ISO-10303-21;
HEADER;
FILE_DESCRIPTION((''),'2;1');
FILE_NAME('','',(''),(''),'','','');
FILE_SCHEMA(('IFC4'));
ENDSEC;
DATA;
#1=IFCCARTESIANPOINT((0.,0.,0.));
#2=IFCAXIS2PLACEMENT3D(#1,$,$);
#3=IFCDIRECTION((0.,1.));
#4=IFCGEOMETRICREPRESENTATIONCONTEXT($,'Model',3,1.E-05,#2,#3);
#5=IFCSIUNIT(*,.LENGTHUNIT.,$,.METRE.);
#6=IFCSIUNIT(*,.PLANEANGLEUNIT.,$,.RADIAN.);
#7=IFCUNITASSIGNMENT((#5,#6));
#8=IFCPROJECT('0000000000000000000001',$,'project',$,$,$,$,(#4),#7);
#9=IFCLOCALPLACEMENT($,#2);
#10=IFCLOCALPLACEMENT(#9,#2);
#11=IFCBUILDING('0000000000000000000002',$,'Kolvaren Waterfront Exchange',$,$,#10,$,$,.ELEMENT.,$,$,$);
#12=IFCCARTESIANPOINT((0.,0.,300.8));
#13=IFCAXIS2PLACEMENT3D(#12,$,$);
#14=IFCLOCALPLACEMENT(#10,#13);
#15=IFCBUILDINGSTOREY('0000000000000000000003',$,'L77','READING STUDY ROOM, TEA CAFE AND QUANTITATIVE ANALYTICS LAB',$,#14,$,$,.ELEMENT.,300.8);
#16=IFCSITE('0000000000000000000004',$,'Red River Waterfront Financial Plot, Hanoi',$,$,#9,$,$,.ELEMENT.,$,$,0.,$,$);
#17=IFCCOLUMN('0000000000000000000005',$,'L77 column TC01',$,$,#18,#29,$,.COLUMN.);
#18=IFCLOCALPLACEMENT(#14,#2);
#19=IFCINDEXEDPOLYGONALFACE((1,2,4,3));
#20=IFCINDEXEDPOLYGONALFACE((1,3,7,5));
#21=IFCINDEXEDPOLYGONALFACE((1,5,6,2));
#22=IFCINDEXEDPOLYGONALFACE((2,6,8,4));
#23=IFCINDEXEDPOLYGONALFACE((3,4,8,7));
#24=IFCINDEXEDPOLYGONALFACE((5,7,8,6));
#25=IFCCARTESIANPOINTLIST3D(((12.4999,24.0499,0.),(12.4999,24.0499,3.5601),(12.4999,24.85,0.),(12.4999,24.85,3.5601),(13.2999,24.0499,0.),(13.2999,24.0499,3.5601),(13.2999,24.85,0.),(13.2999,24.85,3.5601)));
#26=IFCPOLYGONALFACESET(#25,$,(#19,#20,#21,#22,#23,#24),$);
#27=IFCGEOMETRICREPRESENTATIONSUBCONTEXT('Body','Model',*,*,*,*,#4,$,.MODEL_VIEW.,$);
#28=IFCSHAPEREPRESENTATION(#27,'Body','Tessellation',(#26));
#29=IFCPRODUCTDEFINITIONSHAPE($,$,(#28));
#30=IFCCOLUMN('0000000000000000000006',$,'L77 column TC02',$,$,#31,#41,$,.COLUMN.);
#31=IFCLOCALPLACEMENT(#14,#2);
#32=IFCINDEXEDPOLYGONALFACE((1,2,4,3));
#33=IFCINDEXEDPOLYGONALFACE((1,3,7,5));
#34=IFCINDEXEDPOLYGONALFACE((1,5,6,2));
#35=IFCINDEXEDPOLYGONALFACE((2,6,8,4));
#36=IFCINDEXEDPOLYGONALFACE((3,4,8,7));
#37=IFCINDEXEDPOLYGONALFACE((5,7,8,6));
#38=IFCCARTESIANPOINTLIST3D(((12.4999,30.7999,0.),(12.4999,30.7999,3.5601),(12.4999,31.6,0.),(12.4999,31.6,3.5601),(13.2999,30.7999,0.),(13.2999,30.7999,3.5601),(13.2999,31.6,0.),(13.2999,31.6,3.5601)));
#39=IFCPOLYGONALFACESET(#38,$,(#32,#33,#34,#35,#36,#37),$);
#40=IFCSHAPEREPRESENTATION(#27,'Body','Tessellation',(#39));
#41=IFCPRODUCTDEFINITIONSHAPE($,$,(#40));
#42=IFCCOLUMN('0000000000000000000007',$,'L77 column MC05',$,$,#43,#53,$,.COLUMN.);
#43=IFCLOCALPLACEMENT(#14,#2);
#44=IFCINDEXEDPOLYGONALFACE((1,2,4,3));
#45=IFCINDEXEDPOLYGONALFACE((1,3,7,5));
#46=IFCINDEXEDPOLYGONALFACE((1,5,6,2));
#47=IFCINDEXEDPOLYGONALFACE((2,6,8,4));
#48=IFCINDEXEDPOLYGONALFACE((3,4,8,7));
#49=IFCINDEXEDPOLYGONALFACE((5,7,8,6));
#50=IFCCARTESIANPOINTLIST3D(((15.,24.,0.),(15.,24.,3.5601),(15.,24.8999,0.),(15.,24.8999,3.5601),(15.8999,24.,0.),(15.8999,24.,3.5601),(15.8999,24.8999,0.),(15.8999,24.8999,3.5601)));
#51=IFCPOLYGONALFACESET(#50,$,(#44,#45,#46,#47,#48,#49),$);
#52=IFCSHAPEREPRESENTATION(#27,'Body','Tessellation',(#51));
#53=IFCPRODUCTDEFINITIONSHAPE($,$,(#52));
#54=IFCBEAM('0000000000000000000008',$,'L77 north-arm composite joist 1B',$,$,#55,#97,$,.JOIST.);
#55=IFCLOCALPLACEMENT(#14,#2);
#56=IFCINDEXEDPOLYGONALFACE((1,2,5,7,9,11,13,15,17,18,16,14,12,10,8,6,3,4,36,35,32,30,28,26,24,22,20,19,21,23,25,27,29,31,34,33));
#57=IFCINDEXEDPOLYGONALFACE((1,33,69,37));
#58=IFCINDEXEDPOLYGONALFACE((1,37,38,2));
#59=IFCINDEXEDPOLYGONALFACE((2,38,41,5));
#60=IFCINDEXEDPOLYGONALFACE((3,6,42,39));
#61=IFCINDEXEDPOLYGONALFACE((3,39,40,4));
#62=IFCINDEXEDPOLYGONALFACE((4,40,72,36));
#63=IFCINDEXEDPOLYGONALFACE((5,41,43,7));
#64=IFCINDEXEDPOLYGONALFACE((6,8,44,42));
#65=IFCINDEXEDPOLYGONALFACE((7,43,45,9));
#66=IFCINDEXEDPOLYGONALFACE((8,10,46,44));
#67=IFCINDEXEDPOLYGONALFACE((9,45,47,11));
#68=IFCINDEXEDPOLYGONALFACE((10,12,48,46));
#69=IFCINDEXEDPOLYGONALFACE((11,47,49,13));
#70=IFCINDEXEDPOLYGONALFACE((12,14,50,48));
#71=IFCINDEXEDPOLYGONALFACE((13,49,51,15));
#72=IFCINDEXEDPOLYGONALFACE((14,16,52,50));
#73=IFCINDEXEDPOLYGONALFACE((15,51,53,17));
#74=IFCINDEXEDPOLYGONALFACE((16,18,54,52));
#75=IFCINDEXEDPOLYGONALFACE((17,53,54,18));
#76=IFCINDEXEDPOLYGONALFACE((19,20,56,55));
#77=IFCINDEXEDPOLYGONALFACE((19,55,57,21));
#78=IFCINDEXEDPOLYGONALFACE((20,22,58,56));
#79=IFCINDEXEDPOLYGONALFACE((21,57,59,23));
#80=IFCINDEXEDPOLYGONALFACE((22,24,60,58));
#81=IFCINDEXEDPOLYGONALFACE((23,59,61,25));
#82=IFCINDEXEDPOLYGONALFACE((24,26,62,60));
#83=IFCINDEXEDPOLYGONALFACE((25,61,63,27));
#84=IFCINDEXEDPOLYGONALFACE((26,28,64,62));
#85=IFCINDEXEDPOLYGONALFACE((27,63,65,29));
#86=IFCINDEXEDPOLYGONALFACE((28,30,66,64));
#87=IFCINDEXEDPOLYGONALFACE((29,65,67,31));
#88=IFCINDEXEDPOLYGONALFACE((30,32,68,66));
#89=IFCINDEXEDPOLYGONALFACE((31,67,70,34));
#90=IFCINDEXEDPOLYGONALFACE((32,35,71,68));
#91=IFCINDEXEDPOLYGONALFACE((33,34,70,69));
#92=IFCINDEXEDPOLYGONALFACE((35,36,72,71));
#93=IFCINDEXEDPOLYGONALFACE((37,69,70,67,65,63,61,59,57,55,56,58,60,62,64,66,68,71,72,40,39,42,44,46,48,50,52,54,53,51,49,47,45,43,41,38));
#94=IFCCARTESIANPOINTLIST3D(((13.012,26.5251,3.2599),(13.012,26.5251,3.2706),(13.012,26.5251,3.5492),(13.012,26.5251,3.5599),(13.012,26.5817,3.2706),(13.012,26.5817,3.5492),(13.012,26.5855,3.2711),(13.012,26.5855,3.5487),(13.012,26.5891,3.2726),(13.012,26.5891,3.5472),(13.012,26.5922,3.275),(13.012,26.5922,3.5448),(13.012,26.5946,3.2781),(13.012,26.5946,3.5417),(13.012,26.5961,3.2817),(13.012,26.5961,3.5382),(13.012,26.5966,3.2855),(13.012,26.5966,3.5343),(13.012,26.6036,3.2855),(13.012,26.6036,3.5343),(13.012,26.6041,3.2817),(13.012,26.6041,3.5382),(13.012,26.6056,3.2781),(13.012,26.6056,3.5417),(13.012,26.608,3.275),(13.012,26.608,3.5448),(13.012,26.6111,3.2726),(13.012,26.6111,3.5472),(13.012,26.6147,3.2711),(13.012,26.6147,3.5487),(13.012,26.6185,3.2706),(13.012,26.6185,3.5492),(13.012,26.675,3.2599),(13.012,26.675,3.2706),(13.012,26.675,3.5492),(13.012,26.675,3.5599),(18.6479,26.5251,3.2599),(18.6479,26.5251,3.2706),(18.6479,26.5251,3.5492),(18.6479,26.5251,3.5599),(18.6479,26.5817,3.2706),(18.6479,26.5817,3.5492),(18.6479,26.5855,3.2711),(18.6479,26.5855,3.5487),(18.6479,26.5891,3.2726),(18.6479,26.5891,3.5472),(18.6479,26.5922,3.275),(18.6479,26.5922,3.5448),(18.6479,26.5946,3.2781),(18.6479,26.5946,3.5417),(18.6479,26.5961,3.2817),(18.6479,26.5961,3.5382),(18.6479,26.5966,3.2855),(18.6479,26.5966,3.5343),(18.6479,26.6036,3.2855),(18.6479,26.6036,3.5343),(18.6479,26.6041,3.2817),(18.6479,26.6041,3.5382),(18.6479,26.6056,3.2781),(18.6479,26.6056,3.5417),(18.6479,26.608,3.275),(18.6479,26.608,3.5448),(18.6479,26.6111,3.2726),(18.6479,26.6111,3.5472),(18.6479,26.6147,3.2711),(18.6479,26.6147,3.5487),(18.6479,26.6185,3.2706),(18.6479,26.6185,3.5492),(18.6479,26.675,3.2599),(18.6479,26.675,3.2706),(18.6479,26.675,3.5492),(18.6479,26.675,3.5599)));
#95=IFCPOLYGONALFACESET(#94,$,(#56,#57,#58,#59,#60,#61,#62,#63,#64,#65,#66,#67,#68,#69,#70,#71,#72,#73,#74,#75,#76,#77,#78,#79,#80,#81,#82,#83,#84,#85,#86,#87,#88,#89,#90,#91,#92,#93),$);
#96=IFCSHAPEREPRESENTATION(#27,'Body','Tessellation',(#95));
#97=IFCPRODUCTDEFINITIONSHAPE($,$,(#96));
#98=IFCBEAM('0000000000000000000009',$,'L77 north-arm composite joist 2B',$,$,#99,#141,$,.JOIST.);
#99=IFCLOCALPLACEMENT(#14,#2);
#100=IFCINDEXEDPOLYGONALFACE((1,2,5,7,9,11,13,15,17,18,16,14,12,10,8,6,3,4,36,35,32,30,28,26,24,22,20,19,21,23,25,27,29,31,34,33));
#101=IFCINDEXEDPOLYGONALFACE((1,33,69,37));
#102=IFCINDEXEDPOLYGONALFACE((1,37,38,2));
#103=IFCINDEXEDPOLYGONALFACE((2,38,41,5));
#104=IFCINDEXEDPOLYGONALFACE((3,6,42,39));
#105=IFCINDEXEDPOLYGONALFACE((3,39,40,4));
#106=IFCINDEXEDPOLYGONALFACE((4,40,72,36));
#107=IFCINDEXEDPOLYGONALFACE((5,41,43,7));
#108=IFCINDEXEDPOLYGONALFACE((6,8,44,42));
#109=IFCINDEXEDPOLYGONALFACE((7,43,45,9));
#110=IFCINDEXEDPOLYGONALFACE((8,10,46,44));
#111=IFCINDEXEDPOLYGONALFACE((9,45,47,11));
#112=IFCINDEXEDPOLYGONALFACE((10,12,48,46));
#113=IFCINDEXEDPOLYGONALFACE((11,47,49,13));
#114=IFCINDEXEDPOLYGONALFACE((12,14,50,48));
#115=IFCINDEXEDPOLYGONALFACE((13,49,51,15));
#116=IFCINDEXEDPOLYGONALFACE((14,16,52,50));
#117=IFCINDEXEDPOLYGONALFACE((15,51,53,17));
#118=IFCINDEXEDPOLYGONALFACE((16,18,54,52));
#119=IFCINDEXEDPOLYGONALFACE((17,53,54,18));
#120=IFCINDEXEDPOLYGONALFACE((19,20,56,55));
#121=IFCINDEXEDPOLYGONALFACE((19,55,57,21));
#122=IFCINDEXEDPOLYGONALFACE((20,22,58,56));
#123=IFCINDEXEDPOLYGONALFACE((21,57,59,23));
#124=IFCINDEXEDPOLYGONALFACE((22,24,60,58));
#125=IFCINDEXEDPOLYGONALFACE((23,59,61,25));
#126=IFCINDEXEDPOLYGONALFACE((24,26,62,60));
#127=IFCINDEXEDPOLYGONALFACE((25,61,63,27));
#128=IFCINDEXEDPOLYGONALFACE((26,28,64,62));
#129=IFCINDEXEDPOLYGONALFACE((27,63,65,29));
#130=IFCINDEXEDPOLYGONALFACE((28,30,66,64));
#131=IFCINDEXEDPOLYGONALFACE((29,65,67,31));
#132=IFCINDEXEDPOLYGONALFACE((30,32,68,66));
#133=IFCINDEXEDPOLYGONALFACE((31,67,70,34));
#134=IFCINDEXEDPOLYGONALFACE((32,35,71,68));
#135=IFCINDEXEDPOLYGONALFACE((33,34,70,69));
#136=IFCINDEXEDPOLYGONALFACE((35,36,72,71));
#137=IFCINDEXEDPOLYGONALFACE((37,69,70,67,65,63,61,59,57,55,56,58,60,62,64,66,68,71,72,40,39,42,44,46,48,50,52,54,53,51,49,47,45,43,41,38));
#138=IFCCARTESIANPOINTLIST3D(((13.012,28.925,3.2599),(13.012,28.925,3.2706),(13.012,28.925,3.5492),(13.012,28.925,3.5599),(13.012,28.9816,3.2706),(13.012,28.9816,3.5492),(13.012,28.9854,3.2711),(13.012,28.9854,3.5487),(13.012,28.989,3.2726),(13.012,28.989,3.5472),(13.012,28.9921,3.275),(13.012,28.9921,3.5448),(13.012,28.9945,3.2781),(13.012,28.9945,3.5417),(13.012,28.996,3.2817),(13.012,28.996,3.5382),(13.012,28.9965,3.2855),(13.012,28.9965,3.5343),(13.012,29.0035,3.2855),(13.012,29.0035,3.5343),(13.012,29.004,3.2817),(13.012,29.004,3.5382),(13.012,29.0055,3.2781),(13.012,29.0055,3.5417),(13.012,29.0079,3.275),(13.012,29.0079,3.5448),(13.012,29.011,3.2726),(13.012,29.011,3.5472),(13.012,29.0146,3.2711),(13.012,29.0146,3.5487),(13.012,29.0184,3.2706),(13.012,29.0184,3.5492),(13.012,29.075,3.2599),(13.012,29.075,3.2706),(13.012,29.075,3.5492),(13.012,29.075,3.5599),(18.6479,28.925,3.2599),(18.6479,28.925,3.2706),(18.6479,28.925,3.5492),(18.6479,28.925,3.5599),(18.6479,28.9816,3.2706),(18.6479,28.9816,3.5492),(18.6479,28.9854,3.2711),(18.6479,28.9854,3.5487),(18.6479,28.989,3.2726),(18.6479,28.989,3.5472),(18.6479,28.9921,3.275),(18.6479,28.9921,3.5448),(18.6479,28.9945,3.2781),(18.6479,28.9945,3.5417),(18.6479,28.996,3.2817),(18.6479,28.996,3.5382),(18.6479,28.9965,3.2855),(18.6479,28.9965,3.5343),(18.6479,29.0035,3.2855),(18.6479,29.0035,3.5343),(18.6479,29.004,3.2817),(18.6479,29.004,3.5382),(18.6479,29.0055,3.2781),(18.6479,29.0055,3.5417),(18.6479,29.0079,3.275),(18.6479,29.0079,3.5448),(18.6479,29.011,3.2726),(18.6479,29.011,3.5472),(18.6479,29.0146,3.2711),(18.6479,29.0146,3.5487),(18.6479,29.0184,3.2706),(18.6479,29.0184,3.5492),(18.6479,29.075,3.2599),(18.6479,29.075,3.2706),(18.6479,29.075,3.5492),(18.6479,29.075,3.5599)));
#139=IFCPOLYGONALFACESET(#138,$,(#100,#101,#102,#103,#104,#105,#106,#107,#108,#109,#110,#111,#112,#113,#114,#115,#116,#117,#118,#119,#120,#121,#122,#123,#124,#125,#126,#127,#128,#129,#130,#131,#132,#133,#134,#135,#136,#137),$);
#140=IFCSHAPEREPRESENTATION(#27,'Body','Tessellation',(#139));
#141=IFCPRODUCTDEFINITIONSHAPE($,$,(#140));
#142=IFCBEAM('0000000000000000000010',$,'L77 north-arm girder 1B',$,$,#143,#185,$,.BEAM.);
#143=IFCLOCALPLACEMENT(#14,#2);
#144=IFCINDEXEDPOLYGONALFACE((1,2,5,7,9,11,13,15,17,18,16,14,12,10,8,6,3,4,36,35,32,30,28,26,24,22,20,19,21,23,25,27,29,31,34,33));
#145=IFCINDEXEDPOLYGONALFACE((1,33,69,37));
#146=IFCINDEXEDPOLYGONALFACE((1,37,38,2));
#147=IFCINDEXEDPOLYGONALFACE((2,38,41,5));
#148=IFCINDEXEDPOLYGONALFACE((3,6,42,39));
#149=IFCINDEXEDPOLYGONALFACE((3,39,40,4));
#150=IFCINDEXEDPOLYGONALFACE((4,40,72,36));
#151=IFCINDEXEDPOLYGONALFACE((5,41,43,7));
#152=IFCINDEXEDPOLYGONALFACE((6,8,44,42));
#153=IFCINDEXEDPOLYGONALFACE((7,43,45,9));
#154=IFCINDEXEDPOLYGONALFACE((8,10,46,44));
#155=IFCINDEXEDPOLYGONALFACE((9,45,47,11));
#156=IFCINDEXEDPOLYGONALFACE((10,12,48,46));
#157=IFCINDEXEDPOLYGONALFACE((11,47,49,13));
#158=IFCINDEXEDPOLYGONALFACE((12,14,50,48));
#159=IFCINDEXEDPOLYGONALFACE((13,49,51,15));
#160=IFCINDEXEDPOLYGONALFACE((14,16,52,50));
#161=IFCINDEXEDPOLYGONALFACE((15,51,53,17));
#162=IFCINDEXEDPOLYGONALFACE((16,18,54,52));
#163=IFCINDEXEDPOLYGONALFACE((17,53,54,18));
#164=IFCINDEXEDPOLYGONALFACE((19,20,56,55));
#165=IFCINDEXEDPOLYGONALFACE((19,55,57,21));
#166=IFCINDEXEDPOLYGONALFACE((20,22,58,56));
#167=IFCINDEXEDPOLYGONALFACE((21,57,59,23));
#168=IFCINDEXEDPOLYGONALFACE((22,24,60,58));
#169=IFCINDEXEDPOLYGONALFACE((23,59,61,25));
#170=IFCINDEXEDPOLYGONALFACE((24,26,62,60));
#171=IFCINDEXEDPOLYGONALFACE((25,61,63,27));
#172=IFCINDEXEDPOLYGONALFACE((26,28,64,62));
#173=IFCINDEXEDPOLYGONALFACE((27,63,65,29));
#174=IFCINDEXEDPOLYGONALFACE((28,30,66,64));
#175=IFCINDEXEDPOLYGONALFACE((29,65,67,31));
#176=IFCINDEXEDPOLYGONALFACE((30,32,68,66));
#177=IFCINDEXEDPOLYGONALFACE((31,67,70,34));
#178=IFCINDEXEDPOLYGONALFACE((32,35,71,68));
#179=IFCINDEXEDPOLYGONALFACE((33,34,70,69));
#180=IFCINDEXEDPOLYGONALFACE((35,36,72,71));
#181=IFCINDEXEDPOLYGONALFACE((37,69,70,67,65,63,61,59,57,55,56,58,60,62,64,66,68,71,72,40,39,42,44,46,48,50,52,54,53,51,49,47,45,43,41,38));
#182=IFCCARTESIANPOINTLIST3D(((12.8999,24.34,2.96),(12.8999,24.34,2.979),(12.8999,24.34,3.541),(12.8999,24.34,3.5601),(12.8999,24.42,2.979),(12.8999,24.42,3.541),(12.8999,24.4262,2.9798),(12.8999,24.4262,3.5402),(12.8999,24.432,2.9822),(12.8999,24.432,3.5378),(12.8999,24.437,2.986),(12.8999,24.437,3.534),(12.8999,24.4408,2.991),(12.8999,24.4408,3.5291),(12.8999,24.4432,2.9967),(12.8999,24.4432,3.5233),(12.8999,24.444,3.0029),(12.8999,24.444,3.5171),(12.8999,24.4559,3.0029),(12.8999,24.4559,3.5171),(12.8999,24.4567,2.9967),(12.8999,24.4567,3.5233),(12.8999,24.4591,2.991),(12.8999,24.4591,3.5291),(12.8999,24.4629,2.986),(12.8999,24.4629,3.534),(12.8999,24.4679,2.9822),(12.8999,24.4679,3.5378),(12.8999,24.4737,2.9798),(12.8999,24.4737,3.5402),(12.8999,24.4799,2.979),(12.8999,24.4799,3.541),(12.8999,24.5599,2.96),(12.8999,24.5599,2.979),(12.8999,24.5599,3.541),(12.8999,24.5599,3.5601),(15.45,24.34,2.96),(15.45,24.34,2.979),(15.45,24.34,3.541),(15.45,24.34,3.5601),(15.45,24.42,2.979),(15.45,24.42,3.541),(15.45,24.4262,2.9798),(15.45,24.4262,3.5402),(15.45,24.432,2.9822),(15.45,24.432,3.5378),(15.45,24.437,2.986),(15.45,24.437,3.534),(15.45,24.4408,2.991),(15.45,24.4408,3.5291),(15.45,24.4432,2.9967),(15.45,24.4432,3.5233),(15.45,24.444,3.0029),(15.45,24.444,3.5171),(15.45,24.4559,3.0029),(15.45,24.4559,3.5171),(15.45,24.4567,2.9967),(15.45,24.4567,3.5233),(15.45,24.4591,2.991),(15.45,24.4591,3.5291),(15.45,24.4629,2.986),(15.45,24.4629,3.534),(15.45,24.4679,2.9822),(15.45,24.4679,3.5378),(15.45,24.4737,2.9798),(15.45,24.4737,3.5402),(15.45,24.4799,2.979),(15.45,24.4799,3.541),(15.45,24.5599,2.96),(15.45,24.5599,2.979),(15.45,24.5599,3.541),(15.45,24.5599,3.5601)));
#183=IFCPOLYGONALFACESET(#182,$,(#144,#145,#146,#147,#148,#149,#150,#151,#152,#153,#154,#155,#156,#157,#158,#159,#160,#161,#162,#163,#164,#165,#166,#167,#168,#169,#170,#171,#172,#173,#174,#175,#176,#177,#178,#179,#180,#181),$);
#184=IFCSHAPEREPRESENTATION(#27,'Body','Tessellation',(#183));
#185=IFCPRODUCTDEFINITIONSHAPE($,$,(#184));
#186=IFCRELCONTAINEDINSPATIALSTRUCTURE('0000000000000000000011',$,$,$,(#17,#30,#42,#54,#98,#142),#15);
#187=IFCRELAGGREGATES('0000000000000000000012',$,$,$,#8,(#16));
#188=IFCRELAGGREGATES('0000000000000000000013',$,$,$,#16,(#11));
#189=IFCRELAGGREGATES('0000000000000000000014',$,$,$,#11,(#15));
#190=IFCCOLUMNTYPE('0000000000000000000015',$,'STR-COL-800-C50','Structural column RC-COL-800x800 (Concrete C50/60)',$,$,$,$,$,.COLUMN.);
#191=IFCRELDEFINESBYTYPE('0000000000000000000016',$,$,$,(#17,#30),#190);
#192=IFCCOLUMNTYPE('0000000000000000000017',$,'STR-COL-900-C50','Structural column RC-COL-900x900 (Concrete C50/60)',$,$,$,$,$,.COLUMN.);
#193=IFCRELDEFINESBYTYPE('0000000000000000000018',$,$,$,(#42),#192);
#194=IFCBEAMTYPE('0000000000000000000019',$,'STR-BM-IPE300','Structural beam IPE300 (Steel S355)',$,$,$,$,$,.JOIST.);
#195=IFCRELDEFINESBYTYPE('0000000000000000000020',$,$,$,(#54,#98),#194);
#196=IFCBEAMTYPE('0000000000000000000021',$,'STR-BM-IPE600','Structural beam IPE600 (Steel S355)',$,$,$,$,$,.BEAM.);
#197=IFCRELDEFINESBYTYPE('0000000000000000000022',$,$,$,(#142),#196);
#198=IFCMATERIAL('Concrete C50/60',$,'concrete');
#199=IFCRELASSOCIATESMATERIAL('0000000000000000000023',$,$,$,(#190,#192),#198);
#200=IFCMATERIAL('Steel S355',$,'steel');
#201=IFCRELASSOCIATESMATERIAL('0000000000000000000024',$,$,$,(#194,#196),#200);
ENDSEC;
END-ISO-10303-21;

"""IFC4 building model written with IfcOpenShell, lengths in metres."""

from ifc_helpers import new_model, si_unit, direction, frame, origin, origin_2d, place, context, subcontext, project, spatial, rectangle, i_section, extrude, material, material_profile, profile_set, type_object, element, save


model = new_model("IFC4")

# Units and contexts
model_context = context("Model", 3, precision=1e-05, world=origin(), true_north=direction((0.0, 1.0)))
body_context = subcontext(model_context, "Body", "Model", "MODEL_VIEW")
ifc_project = project(units=[si_unit("LENGTHUNIT", "METRE"), si_unit("PLANEANGLEUNIT", "RADIAN")], contexts=[model_context])

# Site, building, storey
site_placement = place(None, origin())
site = spatial("IfcSite", under=ifc_project, at=site_placement, Name="Red River Waterfront Financial Plot, Hanoi", CompositionType="ELEMENT", RefElevation=0.0)
building_placement = place(site_placement, origin())
building = spatial("IfcBuilding", under=site, at=building_placement, Name="Kolvaren Waterfront Exchange", CompositionType="ELEMENT")
storey_placement = place(building_placement, frame((0.0, 0.0, 300.8)))
storey = spatial("IfcBuildingStorey", under=building, at=storey_placement, Name="L77", Description="READING STUDY ROOM, TEA CAFE AND QUANTITATIVE ANALYTICS LAB", CompositionType="ELEMENT", Elevation=300.8)

# Columns
ifc_material_1 = material(Name="Concrete C50/60", Category="concrete")
ifc_material_profile_1 = material_profile(ifc_material_1, rectangle(XDim=0.8, YDim=0.8, at=origin_2d()), Name="RC-COL-800x800")
ifc_profile_set_1 = profile_set([ifc_material_profile_1], Name="Concrete C50/60")
column_type_1 = type_object("IfcColumnType", Name="STR-COL-800-C50", Description="Structural column RC-COL-800x800 (Concrete C50/60)", PredefinedType="COLUMN", material=ifc_profile_set_1)
for number, where, z_axis, x_axis, name in (
    (1, (12.8999, 24.45, 0.0), (0.0, 0.0, 1.0), (1.0, 0.0, 0.0), "L77 column TC01"),
    (2, (12.8999, 31.2, 0.0), (0.0, 0.0, 1.0), (1.0, 0.0, 0.0), "L77 column TC02"),
):
    element("IfcColumn", number, at=place(storey_placement, frame(where, z_axis=z_axis, x_axis=x_axis)), inside=storey, type_object=column_type_1, Name=name, PredefinedType="COLUMN", context=body_context, shape_type="SweptSolid", body=[
        extrude(rectangle(XDim=0.8, YDim=0.8, at=origin_2d()), origin(), (0.0, 0.0, 1.0), 3.5601),
    ])
ifc_material_profile_2 = material_profile(ifc_material_1, rectangle(XDim=0.8999, YDim=0.8999, at=origin_2d()), Name="RC-COL-900x900")
ifc_profile_set_2 = profile_set([ifc_material_profile_2], Name="Concrete C50/60")
column_type_2 = type_object("IfcColumnType", Name="STR-COL-900-C50", Description="Structural column RC-COL-900x900 (Concrete C50/60)", PredefinedType="COLUMN", material=ifc_profile_set_2)
column_placement = place(storey_placement, frame((15.45, 24.45, 0.0), z_axis=(0.0, 0.0, 1.0), x_axis=(1.0, 0.0, 0.0)))
element("IfcColumn", 3, at=column_placement, inside=storey, type_object=column_type_2, Name="L77 column MC05", PredefinedType="COLUMN", context=body_context, shape_type="SweptSolid", body=[
    extrude(rectangle(XDim=0.8999, YDim=0.8999, at=origin_2d()), origin(), (0.0, 0.0, 1.0), 3.5601),
])

# Beams
ifc_material_2 = material(Name="Steel S355", Category="steel")
ifc_material_profile_3 = material_profile(ifc_material_2, i_section(OverallWidth=0.1499, OverallDepth=0.3, WebThickness=0.0071, FlangeThickness=0.0107, FilletRadius=0.0149, at=origin_2d()), Name="IPE300")
ifc_profile_set_3 = profile_set([ifc_material_profile_3], Name="Steel S355")
beam_type_1 = type_object("IfcBeamType", Name="STR-BM-IPE300", Description="Structural beam IPE300 (Steel S355)", PredefinedType="JOIST", material=ifc_profile_set_3)
for number, where, z_axis, x_axis, name in (
    (4, (13.012, 26.6001, 3.4099), (1.0, 0.0, 0.0), (0.0, 1.0, 0.0), "L77 north-arm composite joist 1B"),
    (5, (13.012, 29.0, 3.4099), (1.0, 0.0, 0.0), (0.0, 1.0, 0.0), "L77 north-arm composite joist 2B"),
):
    element("IfcBeam", number, at=place(storey_placement, frame(where, z_axis=z_axis, x_axis=x_axis)), inside=storey, type_object=beam_type_1, Name=name, PredefinedType="JOIST", context=body_context, shape_type="SweptSolid", body=[
        extrude(i_section(OverallWidth=0.1499, OverallDepth=0.3, WebThickness=0.0071, FlangeThickness=0.0107, FilletRadius=0.0149, at=origin_2d()), origin(), (0.0, 0.0, 1.0), 5.636),
    ])
ifc_material_profile_4 = material_profile(ifc_material_2, i_section(OverallWidth=0.22, OverallDepth=0.6001, WebThickness=0.012, FlangeThickness=0.019, FilletRadius=0.0239, at=origin_2d()), Name="IPE600")
ifc_profile_set_4 = profile_set([ifc_material_profile_4], Name="Steel S355")
beam_type_2 = type_object("IfcBeamType", Name="STR-BM-IPE600", Description="Structural beam IPE600 (Steel S355)", PredefinedType="BEAM", material=ifc_profile_set_4)
beam_1_placement = place(storey_placement, frame((12.8999, 24.45, 3.26), z_axis=(1.0, 0.0, 0.0), x_axis=(0.0, 1.0, 0.0)))
element("IfcBeam", 6, at=beam_1_placement, inside=storey, type_object=beam_type_2, Name="L77 north-arm girder 1B", PredefinedType="BEAM", context=body_context, shape_type="SweptSolid", body=[
    extrude(i_section(OverallWidth=0.22, OverallDepth=0.6001, WebThickness=0.012, FlangeThickness=0.019, FilletRadius=0.0239, at=origin_2d()), origin(), (0.0, 0.0, 1.0), 2.55),
])

save(model, "model.ifc")
